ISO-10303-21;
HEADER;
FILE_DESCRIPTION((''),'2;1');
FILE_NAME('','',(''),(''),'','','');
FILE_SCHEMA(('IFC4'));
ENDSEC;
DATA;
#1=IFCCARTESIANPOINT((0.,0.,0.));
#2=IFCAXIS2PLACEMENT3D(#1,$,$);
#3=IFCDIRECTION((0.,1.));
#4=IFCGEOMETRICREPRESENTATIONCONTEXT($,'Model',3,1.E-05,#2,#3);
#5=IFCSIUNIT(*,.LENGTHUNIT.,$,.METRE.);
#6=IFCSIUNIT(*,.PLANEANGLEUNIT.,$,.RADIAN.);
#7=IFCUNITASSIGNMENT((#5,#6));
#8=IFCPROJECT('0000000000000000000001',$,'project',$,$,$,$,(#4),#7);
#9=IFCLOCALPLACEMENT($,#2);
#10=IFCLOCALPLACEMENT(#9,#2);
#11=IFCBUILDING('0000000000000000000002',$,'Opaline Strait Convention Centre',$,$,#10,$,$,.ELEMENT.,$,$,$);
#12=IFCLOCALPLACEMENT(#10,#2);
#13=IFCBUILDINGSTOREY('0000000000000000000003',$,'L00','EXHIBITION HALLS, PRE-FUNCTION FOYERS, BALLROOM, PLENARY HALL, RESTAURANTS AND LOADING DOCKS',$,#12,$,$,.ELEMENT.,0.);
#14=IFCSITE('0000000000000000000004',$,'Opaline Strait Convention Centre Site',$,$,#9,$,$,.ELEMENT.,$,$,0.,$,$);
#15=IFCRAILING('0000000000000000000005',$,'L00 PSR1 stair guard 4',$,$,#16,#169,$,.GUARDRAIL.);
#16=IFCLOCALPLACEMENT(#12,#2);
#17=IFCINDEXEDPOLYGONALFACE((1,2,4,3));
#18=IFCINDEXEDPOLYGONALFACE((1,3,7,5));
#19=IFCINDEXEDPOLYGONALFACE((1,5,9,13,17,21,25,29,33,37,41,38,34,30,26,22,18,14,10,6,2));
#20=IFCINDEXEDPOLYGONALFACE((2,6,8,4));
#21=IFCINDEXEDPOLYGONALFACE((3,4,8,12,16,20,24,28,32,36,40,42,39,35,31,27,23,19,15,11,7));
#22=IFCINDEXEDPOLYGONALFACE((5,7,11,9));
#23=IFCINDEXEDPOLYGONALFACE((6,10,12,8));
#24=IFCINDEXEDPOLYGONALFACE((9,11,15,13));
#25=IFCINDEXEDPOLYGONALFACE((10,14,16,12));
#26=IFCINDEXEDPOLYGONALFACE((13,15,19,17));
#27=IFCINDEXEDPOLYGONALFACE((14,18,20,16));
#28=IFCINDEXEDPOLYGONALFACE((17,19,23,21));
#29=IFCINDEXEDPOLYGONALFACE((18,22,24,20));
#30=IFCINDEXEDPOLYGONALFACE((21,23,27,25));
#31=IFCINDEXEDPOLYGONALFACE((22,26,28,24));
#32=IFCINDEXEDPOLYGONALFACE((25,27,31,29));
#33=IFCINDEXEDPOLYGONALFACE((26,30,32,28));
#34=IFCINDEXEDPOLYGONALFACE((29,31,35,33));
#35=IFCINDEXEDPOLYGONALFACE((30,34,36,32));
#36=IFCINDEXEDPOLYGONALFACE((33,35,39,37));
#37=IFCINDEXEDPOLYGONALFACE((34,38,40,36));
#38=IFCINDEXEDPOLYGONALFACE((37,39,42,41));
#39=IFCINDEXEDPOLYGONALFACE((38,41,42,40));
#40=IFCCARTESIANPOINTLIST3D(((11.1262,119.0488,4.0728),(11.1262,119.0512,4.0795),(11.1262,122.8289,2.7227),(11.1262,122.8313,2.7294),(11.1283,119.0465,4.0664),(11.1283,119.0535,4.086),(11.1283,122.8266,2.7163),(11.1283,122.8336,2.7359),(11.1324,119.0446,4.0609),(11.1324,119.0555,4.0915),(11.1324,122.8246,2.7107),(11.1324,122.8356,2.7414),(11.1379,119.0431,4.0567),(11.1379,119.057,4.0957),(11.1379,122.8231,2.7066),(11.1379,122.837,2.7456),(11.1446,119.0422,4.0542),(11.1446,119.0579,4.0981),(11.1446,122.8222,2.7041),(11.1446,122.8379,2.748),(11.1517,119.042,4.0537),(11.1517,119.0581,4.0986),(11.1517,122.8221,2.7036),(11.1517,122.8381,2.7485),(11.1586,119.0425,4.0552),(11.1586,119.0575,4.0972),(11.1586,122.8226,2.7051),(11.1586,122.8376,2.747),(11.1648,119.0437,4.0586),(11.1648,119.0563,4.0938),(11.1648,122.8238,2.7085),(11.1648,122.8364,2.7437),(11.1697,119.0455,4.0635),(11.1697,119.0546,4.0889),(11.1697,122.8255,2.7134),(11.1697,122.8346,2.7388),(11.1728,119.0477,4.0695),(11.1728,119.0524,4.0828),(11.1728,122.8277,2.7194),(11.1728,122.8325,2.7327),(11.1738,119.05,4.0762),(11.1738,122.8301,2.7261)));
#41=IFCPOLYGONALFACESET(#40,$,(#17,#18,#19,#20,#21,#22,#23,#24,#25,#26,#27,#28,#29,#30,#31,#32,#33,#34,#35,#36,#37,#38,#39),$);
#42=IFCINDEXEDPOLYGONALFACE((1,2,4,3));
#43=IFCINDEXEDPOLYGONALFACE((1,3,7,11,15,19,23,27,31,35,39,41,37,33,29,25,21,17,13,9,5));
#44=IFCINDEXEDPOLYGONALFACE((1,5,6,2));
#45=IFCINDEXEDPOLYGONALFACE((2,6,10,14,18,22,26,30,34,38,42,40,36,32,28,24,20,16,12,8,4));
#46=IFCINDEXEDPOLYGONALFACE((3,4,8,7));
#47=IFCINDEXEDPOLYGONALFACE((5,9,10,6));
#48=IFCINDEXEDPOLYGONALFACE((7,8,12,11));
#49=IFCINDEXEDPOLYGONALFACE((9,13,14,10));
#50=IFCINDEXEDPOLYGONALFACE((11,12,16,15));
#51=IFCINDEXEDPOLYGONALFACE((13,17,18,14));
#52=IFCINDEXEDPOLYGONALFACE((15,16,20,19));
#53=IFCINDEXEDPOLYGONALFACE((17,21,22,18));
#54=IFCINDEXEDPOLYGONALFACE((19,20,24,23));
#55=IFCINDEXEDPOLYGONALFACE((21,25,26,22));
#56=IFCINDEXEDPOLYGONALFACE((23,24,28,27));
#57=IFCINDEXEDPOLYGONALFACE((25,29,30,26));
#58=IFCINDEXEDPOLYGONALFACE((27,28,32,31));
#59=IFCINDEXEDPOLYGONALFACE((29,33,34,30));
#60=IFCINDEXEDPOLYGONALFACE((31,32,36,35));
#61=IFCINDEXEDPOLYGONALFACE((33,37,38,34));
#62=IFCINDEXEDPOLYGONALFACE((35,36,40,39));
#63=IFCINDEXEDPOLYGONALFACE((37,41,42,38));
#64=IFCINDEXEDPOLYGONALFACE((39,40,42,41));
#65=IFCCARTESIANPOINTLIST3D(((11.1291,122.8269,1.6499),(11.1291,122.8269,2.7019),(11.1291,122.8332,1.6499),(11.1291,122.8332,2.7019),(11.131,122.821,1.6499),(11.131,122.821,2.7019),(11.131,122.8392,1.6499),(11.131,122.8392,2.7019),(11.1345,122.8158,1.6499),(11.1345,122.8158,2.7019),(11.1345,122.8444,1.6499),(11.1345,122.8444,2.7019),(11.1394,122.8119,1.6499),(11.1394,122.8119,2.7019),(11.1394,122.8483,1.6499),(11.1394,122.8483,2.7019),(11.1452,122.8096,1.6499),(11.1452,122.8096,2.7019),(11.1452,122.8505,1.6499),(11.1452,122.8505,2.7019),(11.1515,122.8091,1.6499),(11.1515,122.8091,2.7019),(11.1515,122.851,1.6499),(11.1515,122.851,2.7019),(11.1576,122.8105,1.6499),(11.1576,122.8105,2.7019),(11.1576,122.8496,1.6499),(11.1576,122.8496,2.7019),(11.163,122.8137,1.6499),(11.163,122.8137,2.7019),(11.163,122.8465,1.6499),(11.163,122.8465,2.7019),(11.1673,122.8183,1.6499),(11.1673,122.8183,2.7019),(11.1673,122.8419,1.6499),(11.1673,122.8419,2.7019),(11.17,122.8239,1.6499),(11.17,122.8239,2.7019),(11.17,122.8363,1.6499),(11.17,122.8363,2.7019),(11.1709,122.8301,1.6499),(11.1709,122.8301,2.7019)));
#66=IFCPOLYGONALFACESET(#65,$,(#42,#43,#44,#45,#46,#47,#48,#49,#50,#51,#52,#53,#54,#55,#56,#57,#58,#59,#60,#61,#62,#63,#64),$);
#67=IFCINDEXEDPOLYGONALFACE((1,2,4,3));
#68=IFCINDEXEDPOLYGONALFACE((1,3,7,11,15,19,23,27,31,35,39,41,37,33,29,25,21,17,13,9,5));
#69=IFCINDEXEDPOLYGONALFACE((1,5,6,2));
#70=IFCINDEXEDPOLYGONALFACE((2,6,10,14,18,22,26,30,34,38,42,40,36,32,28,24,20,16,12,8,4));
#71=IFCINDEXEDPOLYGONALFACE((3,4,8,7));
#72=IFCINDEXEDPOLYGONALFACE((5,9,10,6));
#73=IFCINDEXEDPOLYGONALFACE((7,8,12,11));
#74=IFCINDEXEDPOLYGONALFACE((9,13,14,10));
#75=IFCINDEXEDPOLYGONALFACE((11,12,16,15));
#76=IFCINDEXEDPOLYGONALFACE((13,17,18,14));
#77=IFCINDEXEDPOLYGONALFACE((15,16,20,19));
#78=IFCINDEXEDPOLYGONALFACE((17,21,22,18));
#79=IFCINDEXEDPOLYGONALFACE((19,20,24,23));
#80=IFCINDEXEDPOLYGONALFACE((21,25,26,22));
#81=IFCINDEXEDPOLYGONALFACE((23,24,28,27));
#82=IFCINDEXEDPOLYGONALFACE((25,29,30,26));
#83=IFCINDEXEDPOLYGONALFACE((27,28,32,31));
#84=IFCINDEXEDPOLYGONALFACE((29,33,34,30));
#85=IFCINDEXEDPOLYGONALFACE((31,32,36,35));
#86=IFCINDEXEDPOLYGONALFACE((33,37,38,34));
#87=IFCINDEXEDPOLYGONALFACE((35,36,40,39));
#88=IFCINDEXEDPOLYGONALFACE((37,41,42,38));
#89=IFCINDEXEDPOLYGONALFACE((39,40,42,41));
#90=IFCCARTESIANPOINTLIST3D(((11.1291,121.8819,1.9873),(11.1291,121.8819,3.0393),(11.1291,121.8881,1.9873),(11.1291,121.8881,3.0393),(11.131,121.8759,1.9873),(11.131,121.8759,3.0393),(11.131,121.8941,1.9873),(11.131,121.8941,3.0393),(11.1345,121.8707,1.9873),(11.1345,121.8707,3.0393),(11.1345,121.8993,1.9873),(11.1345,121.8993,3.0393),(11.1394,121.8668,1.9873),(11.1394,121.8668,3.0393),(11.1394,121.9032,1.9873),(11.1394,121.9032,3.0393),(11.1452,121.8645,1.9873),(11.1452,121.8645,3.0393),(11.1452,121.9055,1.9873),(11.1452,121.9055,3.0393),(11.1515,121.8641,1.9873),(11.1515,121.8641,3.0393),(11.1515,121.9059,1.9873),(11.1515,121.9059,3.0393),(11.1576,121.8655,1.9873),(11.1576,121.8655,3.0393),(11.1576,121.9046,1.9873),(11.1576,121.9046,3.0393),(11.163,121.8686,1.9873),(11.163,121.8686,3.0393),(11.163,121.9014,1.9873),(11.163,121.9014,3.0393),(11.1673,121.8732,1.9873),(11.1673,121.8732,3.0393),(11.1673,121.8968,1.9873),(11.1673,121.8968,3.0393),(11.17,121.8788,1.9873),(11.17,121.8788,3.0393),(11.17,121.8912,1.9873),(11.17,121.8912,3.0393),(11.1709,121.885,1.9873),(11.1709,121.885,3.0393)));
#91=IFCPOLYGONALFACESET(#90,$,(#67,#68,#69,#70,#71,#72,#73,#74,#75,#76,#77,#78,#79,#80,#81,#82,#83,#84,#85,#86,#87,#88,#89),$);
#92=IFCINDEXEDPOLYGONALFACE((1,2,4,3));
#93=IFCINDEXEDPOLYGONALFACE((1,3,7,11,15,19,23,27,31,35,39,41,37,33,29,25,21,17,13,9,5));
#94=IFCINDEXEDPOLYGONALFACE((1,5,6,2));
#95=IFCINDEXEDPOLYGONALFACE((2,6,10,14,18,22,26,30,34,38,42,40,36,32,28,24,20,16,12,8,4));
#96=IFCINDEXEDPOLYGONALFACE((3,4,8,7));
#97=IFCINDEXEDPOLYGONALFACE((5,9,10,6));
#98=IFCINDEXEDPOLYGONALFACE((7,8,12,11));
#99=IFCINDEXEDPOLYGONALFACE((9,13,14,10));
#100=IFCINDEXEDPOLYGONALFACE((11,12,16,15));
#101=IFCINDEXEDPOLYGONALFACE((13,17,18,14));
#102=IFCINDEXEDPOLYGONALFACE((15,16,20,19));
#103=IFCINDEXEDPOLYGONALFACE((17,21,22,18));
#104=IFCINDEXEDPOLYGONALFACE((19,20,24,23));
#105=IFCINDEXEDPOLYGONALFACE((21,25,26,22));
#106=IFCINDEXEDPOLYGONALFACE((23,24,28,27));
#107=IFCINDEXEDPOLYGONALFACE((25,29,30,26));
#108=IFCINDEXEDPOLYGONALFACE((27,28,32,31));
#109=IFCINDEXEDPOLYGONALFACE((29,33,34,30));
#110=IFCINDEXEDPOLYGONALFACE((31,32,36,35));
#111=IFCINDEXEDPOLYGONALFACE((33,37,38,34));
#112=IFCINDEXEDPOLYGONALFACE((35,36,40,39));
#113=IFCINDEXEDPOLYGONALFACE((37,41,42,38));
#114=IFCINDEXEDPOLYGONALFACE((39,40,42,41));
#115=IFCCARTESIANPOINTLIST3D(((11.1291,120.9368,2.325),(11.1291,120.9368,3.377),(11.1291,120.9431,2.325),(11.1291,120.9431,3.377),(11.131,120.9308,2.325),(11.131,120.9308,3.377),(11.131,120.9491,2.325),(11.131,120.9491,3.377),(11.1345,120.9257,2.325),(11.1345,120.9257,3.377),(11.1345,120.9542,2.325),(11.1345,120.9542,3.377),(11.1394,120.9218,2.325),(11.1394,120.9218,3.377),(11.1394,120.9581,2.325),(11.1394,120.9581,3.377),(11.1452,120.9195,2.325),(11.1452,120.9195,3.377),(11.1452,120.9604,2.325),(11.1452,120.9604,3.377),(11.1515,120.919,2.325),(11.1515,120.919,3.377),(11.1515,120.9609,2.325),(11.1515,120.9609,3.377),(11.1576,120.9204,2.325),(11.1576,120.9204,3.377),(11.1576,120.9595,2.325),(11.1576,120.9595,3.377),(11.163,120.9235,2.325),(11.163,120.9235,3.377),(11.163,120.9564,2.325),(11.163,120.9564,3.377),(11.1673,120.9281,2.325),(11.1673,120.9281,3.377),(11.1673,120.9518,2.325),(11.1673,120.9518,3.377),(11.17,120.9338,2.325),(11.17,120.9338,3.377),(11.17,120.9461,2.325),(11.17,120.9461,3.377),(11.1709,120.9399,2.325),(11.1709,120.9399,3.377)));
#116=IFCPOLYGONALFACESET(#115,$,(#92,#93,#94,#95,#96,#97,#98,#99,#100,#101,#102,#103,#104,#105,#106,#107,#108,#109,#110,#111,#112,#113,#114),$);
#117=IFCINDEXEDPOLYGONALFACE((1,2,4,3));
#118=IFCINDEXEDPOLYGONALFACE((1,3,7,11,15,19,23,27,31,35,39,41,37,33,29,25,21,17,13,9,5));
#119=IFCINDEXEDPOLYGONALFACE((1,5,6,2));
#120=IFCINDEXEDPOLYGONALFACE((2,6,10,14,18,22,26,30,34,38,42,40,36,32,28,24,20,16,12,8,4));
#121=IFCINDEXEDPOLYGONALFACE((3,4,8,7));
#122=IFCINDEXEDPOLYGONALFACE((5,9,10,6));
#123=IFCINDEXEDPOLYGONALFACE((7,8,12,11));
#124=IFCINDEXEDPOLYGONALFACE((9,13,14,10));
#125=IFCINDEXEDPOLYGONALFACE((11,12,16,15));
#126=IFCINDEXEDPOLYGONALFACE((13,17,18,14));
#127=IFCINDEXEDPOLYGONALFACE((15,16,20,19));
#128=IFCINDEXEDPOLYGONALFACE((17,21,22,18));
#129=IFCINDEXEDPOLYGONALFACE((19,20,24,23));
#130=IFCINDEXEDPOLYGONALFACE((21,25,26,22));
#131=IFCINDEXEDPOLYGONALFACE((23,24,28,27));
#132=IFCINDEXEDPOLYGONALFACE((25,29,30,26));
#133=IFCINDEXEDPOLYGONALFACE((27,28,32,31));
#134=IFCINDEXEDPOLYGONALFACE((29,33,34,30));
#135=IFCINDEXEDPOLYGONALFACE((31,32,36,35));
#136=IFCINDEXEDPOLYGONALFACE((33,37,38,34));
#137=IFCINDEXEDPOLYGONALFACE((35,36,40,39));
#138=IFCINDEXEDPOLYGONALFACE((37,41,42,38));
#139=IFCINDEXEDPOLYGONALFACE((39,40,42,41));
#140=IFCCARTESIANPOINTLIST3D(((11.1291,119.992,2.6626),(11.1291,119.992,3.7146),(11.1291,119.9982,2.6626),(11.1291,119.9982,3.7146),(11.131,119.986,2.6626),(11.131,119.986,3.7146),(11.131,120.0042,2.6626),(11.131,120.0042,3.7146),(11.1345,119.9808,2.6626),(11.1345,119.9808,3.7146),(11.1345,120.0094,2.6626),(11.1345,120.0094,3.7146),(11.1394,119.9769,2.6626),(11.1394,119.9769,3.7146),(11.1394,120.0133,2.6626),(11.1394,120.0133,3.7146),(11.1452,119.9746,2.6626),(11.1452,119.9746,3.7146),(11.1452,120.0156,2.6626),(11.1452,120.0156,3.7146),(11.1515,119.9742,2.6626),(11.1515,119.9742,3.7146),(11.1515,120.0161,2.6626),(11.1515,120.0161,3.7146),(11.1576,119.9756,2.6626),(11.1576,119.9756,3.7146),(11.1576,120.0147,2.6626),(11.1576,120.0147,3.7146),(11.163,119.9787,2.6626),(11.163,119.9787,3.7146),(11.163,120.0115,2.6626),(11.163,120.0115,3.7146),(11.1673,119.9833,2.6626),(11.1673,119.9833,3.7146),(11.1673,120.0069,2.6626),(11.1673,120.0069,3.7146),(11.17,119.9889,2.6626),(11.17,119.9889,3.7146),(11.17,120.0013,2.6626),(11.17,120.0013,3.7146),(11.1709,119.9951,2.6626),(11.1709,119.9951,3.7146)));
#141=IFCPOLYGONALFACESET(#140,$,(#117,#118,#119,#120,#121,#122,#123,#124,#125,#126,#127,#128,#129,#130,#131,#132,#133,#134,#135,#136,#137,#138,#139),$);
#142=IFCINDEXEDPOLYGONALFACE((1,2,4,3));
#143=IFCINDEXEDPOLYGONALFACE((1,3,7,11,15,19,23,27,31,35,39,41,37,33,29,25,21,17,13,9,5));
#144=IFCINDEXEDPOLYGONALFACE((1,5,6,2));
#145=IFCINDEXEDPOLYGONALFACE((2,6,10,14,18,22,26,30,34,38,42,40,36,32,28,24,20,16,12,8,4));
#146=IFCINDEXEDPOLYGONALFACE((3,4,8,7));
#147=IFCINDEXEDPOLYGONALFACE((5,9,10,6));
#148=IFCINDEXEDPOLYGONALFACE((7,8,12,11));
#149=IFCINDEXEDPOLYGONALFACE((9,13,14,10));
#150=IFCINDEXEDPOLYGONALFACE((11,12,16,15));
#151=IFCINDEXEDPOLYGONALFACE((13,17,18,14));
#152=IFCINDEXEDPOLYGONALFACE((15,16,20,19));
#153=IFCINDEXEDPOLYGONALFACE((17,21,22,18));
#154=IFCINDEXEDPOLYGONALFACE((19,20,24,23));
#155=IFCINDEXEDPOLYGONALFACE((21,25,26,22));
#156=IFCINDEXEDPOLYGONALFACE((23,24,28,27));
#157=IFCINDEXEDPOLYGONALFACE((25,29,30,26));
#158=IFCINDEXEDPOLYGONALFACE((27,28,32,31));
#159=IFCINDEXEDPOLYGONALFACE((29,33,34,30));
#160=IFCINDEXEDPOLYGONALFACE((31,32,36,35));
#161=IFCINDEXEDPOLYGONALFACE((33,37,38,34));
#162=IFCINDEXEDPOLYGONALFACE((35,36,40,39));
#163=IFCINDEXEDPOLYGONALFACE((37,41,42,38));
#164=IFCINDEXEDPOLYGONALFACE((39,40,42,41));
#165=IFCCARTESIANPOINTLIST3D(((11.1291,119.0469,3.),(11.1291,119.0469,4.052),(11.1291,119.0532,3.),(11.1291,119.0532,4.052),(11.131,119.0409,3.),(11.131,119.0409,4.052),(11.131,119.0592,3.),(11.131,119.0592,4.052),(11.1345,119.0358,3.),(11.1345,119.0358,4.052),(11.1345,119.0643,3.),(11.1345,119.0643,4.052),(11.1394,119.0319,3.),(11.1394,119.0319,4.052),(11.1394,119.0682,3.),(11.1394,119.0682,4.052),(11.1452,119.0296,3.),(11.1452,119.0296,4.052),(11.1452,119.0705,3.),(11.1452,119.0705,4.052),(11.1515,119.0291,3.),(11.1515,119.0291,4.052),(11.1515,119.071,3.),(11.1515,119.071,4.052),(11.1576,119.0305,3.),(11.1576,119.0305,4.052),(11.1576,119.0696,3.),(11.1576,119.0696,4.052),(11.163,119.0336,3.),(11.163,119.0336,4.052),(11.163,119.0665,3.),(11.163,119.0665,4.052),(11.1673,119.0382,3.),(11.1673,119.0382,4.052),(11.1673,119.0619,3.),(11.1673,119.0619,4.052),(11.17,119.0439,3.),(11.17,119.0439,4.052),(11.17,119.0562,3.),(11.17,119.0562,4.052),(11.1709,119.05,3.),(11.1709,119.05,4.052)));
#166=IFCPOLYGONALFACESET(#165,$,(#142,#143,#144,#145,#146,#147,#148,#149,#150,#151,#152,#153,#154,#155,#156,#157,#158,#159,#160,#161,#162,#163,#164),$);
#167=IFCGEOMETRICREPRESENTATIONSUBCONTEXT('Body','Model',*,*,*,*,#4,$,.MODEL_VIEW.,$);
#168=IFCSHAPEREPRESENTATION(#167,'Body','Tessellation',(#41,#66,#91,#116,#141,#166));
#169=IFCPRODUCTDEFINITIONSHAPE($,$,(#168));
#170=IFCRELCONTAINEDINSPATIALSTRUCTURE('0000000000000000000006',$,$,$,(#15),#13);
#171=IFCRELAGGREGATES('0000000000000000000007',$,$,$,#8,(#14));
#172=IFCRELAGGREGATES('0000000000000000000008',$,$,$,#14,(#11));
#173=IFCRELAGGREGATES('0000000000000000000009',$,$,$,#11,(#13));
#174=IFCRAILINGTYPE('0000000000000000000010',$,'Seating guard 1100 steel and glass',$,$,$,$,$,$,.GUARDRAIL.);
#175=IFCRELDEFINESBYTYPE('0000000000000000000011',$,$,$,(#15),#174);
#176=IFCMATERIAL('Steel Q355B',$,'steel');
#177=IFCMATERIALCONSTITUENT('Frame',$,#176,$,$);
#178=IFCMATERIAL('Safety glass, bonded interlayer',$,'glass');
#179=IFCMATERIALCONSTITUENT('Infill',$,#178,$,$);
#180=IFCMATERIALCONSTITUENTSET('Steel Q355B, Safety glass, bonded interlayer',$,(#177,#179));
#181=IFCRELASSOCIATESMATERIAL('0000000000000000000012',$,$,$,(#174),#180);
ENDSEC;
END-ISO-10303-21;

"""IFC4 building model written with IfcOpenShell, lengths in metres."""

from ifc_helpers import new_model, si_unit, direction, frame, origin, origin_2d, place, context, subcontext, project, spatial, circle, extrude, material, constituent, constituent_set, type_object, element, save


model = new_model("IFC4")

# Units and contexts
model_context = context("Model", 3, precision=1e-05, world=origin(), true_north=direction((0.0, 1.0)))
body_context = subcontext(model_context, "Body", "Model", "MODEL_VIEW")
ifc_project = project(units=[si_unit("LENGTHUNIT", "METRE"), si_unit("PLANEANGLEUNIT", "RADIAN")], contexts=[model_context])

# Site, building, storey
site_placement = place(None, origin())
site = spatial("IfcSite", under=ifc_project, at=site_placement, Name="Opaline Strait Convention Centre Site", CompositionType="ELEMENT", RefElevation=0.0)
building_placement = place(site_placement, origin())
building = spatial("IfcBuilding", under=site, at=building_placement, Name="Opaline Strait Convention Centre", CompositionType="ELEMENT")
storey_placement = place(building_placement, origin())
storey = spatial("IfcBuildingStorey", under=building, at=storey_placement, Name="L00", Description="EXHIBITION HALLS, PRE-FUNCTION FOYERS, BALLROOM, PLENARY HALL, RESTAURANTS AND LOADING DOCKS", CompositionType="ELEMENT", Elevation=0.0)

# Railing
ifc_material_1 = material(Name="Steel Q355B", Category="steel")
ifc_constituent_1 = constituent(ifc_material_1, Name="Frame")
ifc_material_2 = material(Name="Safety glass, bonded interlayer", Category="glass")
ifc_constituent_2 = constituent(ifc_material_2, Name="Infill")
ifc_constituent_set = constituent_set(constituents=[ifc_constituent_1, ifc_constituent_2], Name="Steel Q355B, Safety glass, bonded interlayer")
railing_type_1 = type_object("IfcRailingType", Name="Seating guard 1100 steel and glass", PredefinedType="GUARDRAIL", material=ifc_constituent_set)
railing_1_placement = place(storey_placement, frame((11.1499, 122.8301, 1.6499)))
element("IfcRailing", 1, at=railing_1_placement, inside=storey, type_object=railing_type_1, Name="L00 PSR1 stair guard 4", PredefinedType="GUARDRAIL", context=body_context, shape_type="SweptSolid", body=[
    extrude(circle(Radius=0.0239, at=origin_2d()), frame((0.0, 0.0, 1.0762), z_axis=(0.0, -0.941735, 0.336356), x_axis=(1.0, 0.0, 0.0)), (0.0, 0.0, 1.0), 4.0139),
    extrude(circle(Radius=0.021, at=origin_2d()), origin(), (0.0, 0.0, 1.0), 1.052),
    extrude(circle(Radius=0.021, at=origin_2d()), frame((0.0, -0.9451, 0.3374)), (0.0, 0.0, 1.0), 1.052),
    extrude(circle(Radius=0.021, at=origin_2d()), frame((0.0, -1.8901, 0.675)), (0.0, 0.0, 1.0), 1.052),
    extrude(circle(Radius=0.021, at=origin_2d()), frame((0.0, -2.835, 1.0127)), (0.0, 0.0, 1.0), 1.052),
    extrude(circle(Radius=0.021, at=origin_2d()), frame((0.0, -3.78, 1.3501)), (0.0, 0.0, 1.0), 1.052),
])

save(model, "model.ifc")
